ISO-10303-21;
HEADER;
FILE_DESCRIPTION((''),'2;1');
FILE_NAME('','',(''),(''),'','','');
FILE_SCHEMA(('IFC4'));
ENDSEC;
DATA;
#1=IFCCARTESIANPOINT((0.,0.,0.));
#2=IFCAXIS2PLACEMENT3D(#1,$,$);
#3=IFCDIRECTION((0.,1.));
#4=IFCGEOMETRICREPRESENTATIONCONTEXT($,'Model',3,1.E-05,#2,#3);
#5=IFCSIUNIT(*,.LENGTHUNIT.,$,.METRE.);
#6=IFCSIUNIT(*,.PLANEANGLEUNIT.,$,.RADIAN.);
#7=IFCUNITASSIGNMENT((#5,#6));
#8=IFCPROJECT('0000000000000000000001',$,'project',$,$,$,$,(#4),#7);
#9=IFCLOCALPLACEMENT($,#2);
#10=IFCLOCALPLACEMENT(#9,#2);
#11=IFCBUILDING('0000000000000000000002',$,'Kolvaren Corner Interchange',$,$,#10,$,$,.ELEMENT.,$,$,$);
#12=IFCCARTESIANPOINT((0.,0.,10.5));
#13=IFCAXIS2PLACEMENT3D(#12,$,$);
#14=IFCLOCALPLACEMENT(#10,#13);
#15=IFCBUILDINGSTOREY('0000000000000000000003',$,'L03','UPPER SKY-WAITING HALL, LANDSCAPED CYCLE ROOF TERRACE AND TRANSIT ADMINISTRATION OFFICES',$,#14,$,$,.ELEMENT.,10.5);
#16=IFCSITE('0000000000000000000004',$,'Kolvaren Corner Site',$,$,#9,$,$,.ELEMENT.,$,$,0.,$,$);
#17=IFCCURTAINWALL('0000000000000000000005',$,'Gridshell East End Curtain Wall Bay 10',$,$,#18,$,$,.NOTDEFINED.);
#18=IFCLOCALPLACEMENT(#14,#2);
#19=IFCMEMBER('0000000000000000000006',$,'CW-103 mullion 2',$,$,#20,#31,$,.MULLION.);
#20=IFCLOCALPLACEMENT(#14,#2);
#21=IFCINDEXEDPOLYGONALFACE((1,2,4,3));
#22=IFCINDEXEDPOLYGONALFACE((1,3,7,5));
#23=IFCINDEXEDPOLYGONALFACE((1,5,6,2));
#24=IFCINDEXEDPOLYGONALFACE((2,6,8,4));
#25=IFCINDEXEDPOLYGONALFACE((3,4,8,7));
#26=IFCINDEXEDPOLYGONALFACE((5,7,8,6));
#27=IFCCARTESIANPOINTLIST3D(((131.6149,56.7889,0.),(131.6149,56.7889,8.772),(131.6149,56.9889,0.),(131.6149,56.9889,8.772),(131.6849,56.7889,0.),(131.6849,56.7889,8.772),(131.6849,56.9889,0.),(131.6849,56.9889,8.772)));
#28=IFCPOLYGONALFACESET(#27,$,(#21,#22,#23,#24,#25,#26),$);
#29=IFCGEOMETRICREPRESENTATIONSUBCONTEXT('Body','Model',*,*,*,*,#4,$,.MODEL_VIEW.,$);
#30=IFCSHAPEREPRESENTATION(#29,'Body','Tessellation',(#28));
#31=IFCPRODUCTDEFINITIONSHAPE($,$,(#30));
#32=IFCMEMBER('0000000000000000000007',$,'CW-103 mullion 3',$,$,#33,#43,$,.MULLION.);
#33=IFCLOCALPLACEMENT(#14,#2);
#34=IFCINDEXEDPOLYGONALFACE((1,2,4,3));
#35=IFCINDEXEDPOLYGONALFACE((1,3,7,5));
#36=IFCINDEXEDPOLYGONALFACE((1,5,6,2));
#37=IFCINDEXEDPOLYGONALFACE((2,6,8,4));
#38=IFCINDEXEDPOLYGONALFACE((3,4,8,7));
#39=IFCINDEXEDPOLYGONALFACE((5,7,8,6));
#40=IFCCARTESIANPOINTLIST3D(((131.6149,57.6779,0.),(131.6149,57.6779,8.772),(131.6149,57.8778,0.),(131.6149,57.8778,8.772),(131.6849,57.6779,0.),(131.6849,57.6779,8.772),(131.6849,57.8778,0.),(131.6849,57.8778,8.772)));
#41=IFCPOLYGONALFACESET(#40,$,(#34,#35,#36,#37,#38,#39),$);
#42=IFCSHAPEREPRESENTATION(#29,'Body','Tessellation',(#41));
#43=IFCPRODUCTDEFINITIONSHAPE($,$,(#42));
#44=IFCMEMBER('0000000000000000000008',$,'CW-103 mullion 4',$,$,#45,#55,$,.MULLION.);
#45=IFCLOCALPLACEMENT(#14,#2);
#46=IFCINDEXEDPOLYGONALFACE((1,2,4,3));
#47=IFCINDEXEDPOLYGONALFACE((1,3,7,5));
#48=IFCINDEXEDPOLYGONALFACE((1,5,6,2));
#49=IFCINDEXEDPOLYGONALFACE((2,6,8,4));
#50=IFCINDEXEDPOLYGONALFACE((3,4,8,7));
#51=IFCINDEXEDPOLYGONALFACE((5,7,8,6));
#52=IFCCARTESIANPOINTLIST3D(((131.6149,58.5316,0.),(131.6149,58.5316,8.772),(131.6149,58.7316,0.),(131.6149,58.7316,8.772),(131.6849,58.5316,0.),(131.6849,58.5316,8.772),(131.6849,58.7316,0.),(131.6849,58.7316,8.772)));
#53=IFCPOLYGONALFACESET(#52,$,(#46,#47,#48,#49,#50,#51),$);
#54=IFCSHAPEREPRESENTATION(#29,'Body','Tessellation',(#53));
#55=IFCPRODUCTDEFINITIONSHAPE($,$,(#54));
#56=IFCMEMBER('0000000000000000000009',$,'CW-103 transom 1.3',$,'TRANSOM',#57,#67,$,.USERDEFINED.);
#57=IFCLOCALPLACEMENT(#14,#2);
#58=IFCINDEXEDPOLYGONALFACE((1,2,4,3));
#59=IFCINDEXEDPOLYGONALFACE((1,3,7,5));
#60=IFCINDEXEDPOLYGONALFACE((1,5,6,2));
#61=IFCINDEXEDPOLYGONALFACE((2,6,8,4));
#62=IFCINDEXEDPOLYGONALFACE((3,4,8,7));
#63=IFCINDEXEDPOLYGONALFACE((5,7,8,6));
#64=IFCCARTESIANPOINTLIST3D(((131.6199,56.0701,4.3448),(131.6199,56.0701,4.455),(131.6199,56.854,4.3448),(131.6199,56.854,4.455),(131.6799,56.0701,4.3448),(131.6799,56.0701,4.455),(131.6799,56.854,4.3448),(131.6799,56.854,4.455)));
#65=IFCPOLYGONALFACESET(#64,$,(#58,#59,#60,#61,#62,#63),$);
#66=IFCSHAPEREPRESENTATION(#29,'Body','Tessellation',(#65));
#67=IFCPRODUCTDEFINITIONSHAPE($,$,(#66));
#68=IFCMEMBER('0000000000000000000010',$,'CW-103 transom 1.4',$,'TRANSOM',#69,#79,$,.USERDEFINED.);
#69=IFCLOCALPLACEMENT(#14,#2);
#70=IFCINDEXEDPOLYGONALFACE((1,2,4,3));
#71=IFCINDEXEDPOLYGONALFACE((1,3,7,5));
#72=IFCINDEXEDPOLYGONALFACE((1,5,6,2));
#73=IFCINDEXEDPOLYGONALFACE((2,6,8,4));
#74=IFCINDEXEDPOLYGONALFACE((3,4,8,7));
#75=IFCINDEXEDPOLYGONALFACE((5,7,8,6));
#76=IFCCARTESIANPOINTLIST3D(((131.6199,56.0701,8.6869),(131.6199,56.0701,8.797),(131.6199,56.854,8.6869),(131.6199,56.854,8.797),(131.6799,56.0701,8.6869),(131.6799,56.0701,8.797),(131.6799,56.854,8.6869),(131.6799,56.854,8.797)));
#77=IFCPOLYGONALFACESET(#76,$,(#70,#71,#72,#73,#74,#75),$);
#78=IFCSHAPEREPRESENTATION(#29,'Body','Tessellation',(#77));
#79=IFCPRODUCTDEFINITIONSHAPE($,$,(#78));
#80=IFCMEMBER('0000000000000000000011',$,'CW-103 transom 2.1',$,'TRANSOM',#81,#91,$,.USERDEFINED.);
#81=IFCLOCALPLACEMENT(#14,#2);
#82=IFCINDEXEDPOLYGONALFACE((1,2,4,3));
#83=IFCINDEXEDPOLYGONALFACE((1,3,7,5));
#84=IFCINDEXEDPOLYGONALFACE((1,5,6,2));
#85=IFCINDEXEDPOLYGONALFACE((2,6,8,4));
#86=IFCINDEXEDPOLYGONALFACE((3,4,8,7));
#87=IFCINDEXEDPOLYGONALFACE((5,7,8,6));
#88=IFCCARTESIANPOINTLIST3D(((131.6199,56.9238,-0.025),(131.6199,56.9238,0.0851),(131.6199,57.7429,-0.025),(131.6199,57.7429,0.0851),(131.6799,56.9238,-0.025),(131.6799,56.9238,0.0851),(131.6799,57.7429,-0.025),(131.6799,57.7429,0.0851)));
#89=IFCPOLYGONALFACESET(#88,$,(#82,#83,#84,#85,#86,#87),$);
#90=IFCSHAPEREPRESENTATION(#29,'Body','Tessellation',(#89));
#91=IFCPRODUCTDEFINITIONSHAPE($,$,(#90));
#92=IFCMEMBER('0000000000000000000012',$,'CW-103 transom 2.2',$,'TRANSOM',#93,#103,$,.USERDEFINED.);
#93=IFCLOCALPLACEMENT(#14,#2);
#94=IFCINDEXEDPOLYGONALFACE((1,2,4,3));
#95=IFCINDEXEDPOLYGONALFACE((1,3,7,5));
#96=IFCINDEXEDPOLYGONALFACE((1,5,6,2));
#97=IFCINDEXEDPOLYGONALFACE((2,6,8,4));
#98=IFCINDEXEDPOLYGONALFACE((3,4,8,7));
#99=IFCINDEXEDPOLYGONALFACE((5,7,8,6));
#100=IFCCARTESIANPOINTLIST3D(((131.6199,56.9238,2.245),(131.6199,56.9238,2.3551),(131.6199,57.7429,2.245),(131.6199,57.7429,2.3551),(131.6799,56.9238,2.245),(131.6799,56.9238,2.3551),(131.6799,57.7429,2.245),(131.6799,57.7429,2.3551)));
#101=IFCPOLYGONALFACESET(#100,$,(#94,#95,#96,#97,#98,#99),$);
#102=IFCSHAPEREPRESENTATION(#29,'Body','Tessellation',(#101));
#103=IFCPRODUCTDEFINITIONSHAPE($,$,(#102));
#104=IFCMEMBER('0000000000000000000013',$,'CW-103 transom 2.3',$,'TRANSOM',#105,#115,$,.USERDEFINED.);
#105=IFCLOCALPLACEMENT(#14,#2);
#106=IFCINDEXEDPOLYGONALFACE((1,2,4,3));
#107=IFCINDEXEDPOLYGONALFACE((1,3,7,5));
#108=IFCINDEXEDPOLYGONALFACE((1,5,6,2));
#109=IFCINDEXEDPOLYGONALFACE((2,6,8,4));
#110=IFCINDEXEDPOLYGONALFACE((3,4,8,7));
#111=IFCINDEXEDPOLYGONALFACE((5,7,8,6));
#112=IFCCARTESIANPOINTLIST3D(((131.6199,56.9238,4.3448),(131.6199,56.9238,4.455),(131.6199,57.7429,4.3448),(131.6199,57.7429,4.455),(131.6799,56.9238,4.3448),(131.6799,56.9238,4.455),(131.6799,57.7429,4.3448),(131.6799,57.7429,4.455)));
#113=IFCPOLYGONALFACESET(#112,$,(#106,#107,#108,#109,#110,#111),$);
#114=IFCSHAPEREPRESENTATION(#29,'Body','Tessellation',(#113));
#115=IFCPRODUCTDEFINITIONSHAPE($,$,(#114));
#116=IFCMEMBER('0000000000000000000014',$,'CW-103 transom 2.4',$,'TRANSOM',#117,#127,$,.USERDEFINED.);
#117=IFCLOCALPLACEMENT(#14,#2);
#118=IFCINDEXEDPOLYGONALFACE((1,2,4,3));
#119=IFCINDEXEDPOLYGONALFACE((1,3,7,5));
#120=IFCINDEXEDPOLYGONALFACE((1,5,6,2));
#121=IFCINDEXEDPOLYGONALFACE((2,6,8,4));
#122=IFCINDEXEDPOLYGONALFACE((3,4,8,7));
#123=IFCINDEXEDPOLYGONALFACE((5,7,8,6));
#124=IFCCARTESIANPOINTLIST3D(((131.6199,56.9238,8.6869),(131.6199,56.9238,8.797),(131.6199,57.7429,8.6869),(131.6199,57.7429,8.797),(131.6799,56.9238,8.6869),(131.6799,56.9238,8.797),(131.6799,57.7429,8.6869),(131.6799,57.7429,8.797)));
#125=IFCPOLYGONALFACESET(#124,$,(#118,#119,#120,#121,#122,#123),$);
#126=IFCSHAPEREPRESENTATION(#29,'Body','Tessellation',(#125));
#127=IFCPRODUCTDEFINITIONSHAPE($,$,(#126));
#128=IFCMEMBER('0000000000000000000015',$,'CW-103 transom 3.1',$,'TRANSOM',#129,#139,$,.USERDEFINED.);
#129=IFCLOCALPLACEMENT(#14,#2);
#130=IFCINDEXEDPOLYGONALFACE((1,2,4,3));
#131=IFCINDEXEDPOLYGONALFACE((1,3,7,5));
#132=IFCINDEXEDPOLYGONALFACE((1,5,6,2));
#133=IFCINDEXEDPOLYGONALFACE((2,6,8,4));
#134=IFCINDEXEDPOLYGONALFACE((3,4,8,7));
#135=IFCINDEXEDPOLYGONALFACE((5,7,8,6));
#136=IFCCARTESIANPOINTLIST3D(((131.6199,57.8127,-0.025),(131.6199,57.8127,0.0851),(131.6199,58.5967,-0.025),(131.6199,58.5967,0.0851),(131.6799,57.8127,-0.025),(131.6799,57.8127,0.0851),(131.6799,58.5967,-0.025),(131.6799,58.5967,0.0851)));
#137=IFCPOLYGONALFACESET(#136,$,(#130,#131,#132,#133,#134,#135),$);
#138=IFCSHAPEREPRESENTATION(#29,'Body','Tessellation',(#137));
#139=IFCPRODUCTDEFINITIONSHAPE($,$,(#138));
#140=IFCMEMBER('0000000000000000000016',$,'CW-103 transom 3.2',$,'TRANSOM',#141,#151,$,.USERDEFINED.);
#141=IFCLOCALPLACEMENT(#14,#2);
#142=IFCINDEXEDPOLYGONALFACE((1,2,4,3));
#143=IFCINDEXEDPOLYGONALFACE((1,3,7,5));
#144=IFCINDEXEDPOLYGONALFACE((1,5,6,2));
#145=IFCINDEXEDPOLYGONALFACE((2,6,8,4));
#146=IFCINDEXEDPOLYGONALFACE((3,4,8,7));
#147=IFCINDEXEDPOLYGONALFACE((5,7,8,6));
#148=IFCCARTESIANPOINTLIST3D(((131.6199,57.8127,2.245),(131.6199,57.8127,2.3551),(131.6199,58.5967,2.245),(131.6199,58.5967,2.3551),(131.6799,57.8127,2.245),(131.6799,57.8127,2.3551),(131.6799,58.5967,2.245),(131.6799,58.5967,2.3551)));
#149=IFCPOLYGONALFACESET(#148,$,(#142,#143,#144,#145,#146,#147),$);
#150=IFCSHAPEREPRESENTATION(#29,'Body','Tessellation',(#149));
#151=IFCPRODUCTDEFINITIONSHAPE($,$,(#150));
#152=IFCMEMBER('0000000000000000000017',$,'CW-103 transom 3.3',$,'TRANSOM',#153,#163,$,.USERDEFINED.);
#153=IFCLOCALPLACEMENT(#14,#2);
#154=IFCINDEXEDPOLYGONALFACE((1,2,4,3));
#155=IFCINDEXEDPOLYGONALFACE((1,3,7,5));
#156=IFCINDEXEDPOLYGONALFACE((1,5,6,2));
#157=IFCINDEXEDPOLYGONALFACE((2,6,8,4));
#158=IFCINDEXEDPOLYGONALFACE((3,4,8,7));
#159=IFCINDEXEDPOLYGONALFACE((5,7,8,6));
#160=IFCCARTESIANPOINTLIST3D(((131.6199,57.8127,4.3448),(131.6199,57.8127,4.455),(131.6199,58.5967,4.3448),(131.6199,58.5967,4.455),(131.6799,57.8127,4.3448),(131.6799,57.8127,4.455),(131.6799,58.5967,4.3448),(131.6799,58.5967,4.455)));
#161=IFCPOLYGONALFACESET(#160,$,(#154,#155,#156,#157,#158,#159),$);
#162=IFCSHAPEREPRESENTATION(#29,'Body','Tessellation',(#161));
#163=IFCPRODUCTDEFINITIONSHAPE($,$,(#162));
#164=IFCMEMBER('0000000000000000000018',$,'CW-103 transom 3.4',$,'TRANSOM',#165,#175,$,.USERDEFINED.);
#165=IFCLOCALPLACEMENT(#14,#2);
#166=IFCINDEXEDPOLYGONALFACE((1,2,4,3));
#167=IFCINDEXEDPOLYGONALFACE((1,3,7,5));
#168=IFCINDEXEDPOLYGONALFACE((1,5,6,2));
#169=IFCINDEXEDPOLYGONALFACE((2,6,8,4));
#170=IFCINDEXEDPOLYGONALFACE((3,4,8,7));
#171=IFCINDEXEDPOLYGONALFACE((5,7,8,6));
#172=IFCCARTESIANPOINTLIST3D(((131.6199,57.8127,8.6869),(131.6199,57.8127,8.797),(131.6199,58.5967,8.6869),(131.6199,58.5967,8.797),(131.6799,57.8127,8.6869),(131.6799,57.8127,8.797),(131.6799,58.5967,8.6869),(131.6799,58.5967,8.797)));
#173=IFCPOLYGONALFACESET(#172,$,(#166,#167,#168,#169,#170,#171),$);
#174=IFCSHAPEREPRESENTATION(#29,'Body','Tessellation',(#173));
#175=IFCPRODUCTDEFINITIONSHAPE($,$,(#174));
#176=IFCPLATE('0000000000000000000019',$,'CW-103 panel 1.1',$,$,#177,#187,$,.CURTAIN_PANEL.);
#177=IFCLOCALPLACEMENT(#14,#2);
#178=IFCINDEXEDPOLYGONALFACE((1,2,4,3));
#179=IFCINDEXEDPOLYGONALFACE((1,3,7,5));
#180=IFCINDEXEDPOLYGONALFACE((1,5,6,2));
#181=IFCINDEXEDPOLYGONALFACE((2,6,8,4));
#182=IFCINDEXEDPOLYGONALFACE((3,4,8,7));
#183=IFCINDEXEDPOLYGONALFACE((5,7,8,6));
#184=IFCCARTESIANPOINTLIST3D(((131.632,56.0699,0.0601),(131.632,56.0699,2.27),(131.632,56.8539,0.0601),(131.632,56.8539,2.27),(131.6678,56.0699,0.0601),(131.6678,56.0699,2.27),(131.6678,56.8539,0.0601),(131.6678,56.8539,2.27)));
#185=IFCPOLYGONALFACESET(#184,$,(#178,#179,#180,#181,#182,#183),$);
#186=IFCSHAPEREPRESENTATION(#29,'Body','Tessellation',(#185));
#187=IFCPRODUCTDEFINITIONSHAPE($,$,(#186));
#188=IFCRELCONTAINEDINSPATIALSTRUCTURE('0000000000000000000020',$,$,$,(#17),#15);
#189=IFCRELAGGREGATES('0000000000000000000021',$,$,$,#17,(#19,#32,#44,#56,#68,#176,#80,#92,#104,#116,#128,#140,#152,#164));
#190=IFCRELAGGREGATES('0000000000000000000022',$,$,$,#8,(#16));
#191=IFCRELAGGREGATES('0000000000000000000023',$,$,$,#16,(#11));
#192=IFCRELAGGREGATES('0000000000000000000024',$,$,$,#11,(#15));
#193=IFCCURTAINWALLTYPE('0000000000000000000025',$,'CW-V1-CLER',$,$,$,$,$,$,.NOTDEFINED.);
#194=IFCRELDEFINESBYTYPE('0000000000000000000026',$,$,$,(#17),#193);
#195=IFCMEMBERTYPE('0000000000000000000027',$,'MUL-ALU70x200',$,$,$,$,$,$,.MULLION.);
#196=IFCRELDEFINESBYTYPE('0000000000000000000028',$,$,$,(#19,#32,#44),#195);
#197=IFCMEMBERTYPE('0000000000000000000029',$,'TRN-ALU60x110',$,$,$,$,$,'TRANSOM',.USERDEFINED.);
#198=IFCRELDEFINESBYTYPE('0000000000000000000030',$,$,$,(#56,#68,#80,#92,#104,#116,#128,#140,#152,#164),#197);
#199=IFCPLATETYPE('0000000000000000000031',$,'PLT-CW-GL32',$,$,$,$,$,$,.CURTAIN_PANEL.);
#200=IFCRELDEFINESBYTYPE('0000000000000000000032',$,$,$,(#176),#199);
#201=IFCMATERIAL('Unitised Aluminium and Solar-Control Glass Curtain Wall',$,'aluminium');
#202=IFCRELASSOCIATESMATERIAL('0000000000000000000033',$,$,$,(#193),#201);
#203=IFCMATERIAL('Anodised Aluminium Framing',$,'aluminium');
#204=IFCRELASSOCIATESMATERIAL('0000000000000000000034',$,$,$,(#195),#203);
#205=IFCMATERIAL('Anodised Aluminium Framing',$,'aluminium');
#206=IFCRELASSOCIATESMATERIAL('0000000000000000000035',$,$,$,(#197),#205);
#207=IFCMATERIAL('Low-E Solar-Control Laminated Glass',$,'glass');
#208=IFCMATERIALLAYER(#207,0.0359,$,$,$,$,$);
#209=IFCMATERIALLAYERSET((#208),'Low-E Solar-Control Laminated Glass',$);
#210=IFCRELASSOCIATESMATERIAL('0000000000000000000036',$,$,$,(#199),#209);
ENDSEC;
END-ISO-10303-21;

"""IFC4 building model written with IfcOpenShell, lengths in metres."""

from ifc_helpers import new_model, si_unit, direction, frame, origin, origin_2d, place, context, subcontext, project, spatial, rectangle, extrude, material, layer, layer_set, material_profile, profile_set, type_object, element, aggregate, save


model = new_model("IFC4")

# Units and contexts
model_context = context("Model", 3, precision=1e-05, world=origin(), true_north=direction((0.0, 1.0)))
body_context = subcontext(model_context, "Body", "Model", "MODEL_VIEW")
ifc_project = project(units=[si_unit("LENGTHUNIT", "METRE"), si_unit("PLANEANGLEUNIT", "RADIAN")], contexts=[model_context])

# Site, building, storey
site_placement = place(None, origin())
site = spatial("IfcSite", under=ifc_project, at=site_placement, Name="Kolvaren Corner Site", CompositionType="ELEMENT", RefElevation=0.0)
building_placement = place(site_placement, origin())
building = spatial("IfcBuilding", under=site, at=building_placement, Name="Kolvaren Corner Interchange", CompositionType="ELEMENT")
storey_placement = place(building_placement, frame((0.0, 0.0, 10.5)))
storey = spatial("IfcBuildingStorey", under=building, at=storey_placement, Name="L03", Description="UPPER SKY-WAITING HALL, LANDSCAPED CYCLE ROOF TERRACE AND TRANSIT ADMINISTRATION OFFICES", CompositionType="ELEMENT", Elevation=10.5)

# Curtain wall, members, plate
ifc_material_1 = material(Name="Unitised Aluminium and Solar-Control Glass Curtain Wall", Category="aluminium")
curtain_wall_type = type_object("IfcCurtainWallType", Name="CW-V1-CLER", PredefinedType="NOTDEFINED", material=ifc_material_1)
curtain_wall_placement = place(storey_placement, origin())
curtain_wall = element("IfcCurtainWall", 1, at=curtain_wall_placement, inside=storey, type_object=curtain_wall_type, Name="Gridshell East End Curtain Wall Bay 10", PredefinedType="NOTDEFINED")
ifc_material_2 = material(Name="Anodised Aluminium Framing", Category="aluminium")
ifc_material_profile_1 = material_profile(ifc_material_2, rectangle(XDim=0.0701, YDim=0.2, at=origin_2d()), Name="ALU 70x200")
ifc_profile_set_1 = profile_set([ifc_material_profile_1], Name="Anodised Aluminium Framing")
member_type_1 = type_object("IfcMemberType", Name="MUL-ALU70x200", PredefinedType="MULLION", material=ifc_profile_set_1)
member_1_placement = place(storey_placement, frame((131.6499, 56.8889, 0.0), z_axis=(0.0, 0.0, 1.0), x_axis=(-1.0, 0.0, 0.0)))
member_1 = element("IfcMember", 2, at=member_1_placement, type_object=member_type_1, Name="CW-103 mullion 2", PredefinedType="MULLION", context=body_context, shape_type="SweptSolid", body=[
    extrude(rectangle(XDim=0.0701, YDim=0.2, at=origin_2d()), origin(), (0.0, 0.0, 1.0), 8.772),
])
member_2_placement = place(storey_placement, frame((131.6499, 57.7778, 0.0), z_axis=(0.0, 0.0, 1.0), x_axis=(-1.0, 0.0, 0.0)))
member_2 = element("IfcMember", 3, at=member_2_placement, type_object=member_type_1, Name="CW-103 mullion 3", PredefinedType="MULLION", context=body_context, shape_type="SweptSolid", body=[
    extrude(rectangle(XDim=0.0701, YDim=0.2, at=origin_2d()), origin(), (0.0, 0.0, 1.0), 8.772),
])
member_3_placement = place(storey_placement, frame((131.6499, 58.6316, 0.0), z_axis=(0.0, 0.0, 1.0), x_axis=(-1.0, 0.0, 0.0)))
member_3 = element("IfcMember", 4, at=member_3_placement, type_object=member_type_1, Name="CW-103 mullion 4", PredefinedType="MULLION", context=body_context, shape_type="SweptSolid", body=[
    extrude(rectangle(XDim=0.0701, YDim=0.2, at=origin_2d()), origin(), (0.0, 0.0, 1.0), 8.772),
])
ifc_material_3 = material(Name="Anodised Aluminium Framing", Category="aluminium")
ifc_material_profile_2 = material_profile(ifc_material_3, rectangle(XDim=0.0601, YDim=0.1101, at=origin_2d()), Name="ALU 60x110")
ifc_profile_set_2 = profile_set([ifc_material_profile_2], Name="Anodised Aluminium Framing")
member_type_2 = type_object("IfcMemberType", Name="TRN-ALU60x110", ElementType="TRANSOM", PredefinedType="USERDEFINED", material=ifc_profile_set_2)
member_4_placement = place(storey_placement, frame((131.6499, 56.0701, 4.3999), z_axis=(0.0, 1.0, 0.0), x_axis=(-1.0, 0.0, 0.0)))
member_4 = element("IfcMember", 5, at=member_4_placement, type_object=member_type_2, Name="CW-103 transom 1.3", ObjectType="TRANSOM", PredefinedType="USERDEFINED", context=body_context, shape_type="SweptSolid", body=[
    extrude(rectangle(XDim=0.0601, YDim=0.1101, at=origin_2d()), origin(), (0.0, 0.0, 1.0), 0.7839),
])
member_5_placement = place(storey_placement, frame((131.6499, 56.0701, 8.7419), z_axis=(0.0, 1.0, 0.0), x_axis=(-1.0, 0.0, 0.0)))
member_5 = element("IfcMember", 6, at=member_5_placement, type_object=member_type_2, Name="CW-103 transom 1.4", ObjectType="TRANSOM", PredefinedType="USERDEFINED", context=body_context, shape_type="SweptSolid", body=[
    extrude(rectangle(XDim=0.0601, YDim=0.1101, at=origin_2d()), origin(), (0.0, 0.0, 1.0), 0.7839),
])
member_6_placement = place(storey_placement, frame((131.6499, 56.9238, 0.03), z_axis=(0.0, 1.0, 0.0), x_axis=(-1.0, 0.0, 0.0)))
member_6 = element("IfcMember", 7, at=member_6_placement, type_object=member_type_2, Name="CW-103 transom 2.1", ObjectType="TRANSOM", PredefinedType="USERDEFINED", context=body_context, shape_type="SweptSolid", body=[
    extrude(rectangle(XDim=0.0601, YDim=0.1101, at=origin_2d()), origin(), (0.0, 0.0, 1.0), 0.8191),
])
member_7_placement = place(storey_placement, frame((131.6499, 56.9238, 2.3), z_axis=(0.0, 1.0, 0.0), x_axis=(-1.0, 0.0, 0.0)))
member_7 = element("IfcMember", 8, at=member_7_placement, type_object=member_type_2, Name="CW-103 transom 2.2", ObjectType="TRANSOM", PredefinedType="USERDEFINED", context=body_context, shape_type="SweptSolid", body=[
    extrude(rectangle(XDim=0.0601, YDim=0.1101, at=origin_2d()), origin(), (0.0, 0.0, 1.0), 0.8191),
])
member_8_placement = place(storey_placement, frame((131.6499, 56.9238, 4.3999), z_axis=(0.0, 1.0, 0.0), x_axis=(-1.0, 0.0, 0.0)))
member_8 = element("IfcMember", 9, at=member_8_placement, type_object=member_type_2, Name="CW-103 transom 2.3", ObjectType="TRANSOM", PredefinedType="USERDEFINED", context=body_context, shape_type="SweptSolid", body=[
    extrude(rectangle(XDim=0.0601, YDim=0.1101, at=origin_2d()), origin(), (0.0, 0.0, 1.0), 0.8191),
])
member_9_placement = place(storey_placement, frame((131.6499, 56.9238, 8.7419), z_axis=(0.0, 1.0, 0.0), x_axis=(-1.0, 0.0, 0.0)))
member_9 = element("IfcMember", 10, at=member_9_placement, type_object=member_type_2, Name="CW-103 transom 2.4", ObjectType="TRANSOM", PredefinedType="USERDEFINED", context=body_context, shape_type="SweptSolid", body=[
    extrude(rectangle(XDim=0.0601, YDim=0.1101, at=origin_2d()), origin(), (0.0, 0.0, 1.0), 0.8191),
])
member_10_placement = place(storey_placement, frame((131.6499, 57.8127, 0.03), z_axis=(0.0, 1.0, 0.0), x_axis=(-1.0, 0.0, 0.0)))
member_10 = element("IfcMember", 11, at=member_10_placement, type_object=member_type_2, Name="CW-103 transom 3.1", ObjectType="TRANSOM", PredefinedType="USERDEFINED", context=body_context, shape_type="SweptSolid", body=[
    extrude(rectangle(XDim=0.0601, YDim=0.1101, at=origin_2d()), origin(), (0.0, 0.0, 1.0), 0.7839),
])
member_11_placement = place(storey_placement, frame((131.6499, 57.8127, 2.3), z_axis=(0.0, 1.0, 0.0), x_axis=(-1.0, 0.0, 0.0)))
member_11 = element("IfcMember", 12, at=member_11_placement, type_object=member_type_2, Name="CW-103 transom 3.2", ObjectType="TRANSOM", PredefinedType="USERDEFINED", context=body_context, shape_type="SweptSolid", body=[
    extrude(rectangle(XDim=0.0601, YDim=0.1101, at=origin_2d()), origin(), (0.0, 0.0, 1.0), 0.7839),
])
member_12_placement = place(storey_placement, frame((131.6499, 57.8127, 4.3999), z_axis=(0.0, 1.0, 0.0), x_axis=(-1.0, 0.0, 0.0)))
member_12 = element("IfcMember", 13, at=member_12_placement, type_object=member_type_2, Name="CW-103 transom 3.3", ObjectType="TRANSOM", PredefinedType="USERDEFINED", context=body_context, shape_type="SweptSolid", body=[
    extrude(rectangle(XDim=0.0601, YDim=0.1101, at=origin_2d()), origin(), (0.0, 0.0, 1.0), 0.7839),
])
member_13_placement = place(storey_placement, frame((131.6499, 57.8127, 8.7419), z_axis=(0.0, 1.0, 0.0), x_axis=(-1.0, 0.0, 0.0)))
member_13 = element("IfcMember", 14, at=member_13_placement, type_object=member_type_2, Name="CW-103 transom 3.4", ObjectType="TRANSOM", PredefinedType="USERDEFINED", context=body_context, shape_type="SweptSolid", body=[
    extrude(rectangle(XDim=0.0601, YDim=0.1101, at=origin_2d()), origin(), (0.0, 0.0, 1.0), 0.7839),
])
ifc_material_4 = material(Name="Low-E Solar-Control Laminated Glass", Category="glass")
ifc_layer = layer(ifc_material_4, 0.0359)
ifc_layer_set = layer_set([ifc_layer], Name="Low-E Solar-Control Laminated Glass")
plate_type = type_object("IfcPlateType", Name="PLT-CW-GL32", PredefinedType="CURTAIN_PANEL", material=ifc_layer_set)
plate_1_placement = place(storey_placement, frame((131.6499, 56.4619, 0.0601), z_axis=(0.0, 0.0, 1.0), x_axis=(0.0, 1.0, 0.0)))
plate_1 = element("IfcPlate", 15, at=plate_1_placement, type_object=plate_type, Name="CW-103 panel 1.1", PredefinedType="CURTAIN_PANEL", context=body_context, shape_type="SweptSolid", body=[
    extrude(rectangle(XDim=0.7839, YDim=0.0359, at=origin_2d()), origin(), (0.0, 0.0, 1.0), 2.21),
])
aggregate(curtain_wall, [member_1, member_2, member_3, member_4, member_5, plate_1, member_6, member_7, member_8, member_9, member_10, member_11, member_12, member_13])

save(model, "model.ifc")
